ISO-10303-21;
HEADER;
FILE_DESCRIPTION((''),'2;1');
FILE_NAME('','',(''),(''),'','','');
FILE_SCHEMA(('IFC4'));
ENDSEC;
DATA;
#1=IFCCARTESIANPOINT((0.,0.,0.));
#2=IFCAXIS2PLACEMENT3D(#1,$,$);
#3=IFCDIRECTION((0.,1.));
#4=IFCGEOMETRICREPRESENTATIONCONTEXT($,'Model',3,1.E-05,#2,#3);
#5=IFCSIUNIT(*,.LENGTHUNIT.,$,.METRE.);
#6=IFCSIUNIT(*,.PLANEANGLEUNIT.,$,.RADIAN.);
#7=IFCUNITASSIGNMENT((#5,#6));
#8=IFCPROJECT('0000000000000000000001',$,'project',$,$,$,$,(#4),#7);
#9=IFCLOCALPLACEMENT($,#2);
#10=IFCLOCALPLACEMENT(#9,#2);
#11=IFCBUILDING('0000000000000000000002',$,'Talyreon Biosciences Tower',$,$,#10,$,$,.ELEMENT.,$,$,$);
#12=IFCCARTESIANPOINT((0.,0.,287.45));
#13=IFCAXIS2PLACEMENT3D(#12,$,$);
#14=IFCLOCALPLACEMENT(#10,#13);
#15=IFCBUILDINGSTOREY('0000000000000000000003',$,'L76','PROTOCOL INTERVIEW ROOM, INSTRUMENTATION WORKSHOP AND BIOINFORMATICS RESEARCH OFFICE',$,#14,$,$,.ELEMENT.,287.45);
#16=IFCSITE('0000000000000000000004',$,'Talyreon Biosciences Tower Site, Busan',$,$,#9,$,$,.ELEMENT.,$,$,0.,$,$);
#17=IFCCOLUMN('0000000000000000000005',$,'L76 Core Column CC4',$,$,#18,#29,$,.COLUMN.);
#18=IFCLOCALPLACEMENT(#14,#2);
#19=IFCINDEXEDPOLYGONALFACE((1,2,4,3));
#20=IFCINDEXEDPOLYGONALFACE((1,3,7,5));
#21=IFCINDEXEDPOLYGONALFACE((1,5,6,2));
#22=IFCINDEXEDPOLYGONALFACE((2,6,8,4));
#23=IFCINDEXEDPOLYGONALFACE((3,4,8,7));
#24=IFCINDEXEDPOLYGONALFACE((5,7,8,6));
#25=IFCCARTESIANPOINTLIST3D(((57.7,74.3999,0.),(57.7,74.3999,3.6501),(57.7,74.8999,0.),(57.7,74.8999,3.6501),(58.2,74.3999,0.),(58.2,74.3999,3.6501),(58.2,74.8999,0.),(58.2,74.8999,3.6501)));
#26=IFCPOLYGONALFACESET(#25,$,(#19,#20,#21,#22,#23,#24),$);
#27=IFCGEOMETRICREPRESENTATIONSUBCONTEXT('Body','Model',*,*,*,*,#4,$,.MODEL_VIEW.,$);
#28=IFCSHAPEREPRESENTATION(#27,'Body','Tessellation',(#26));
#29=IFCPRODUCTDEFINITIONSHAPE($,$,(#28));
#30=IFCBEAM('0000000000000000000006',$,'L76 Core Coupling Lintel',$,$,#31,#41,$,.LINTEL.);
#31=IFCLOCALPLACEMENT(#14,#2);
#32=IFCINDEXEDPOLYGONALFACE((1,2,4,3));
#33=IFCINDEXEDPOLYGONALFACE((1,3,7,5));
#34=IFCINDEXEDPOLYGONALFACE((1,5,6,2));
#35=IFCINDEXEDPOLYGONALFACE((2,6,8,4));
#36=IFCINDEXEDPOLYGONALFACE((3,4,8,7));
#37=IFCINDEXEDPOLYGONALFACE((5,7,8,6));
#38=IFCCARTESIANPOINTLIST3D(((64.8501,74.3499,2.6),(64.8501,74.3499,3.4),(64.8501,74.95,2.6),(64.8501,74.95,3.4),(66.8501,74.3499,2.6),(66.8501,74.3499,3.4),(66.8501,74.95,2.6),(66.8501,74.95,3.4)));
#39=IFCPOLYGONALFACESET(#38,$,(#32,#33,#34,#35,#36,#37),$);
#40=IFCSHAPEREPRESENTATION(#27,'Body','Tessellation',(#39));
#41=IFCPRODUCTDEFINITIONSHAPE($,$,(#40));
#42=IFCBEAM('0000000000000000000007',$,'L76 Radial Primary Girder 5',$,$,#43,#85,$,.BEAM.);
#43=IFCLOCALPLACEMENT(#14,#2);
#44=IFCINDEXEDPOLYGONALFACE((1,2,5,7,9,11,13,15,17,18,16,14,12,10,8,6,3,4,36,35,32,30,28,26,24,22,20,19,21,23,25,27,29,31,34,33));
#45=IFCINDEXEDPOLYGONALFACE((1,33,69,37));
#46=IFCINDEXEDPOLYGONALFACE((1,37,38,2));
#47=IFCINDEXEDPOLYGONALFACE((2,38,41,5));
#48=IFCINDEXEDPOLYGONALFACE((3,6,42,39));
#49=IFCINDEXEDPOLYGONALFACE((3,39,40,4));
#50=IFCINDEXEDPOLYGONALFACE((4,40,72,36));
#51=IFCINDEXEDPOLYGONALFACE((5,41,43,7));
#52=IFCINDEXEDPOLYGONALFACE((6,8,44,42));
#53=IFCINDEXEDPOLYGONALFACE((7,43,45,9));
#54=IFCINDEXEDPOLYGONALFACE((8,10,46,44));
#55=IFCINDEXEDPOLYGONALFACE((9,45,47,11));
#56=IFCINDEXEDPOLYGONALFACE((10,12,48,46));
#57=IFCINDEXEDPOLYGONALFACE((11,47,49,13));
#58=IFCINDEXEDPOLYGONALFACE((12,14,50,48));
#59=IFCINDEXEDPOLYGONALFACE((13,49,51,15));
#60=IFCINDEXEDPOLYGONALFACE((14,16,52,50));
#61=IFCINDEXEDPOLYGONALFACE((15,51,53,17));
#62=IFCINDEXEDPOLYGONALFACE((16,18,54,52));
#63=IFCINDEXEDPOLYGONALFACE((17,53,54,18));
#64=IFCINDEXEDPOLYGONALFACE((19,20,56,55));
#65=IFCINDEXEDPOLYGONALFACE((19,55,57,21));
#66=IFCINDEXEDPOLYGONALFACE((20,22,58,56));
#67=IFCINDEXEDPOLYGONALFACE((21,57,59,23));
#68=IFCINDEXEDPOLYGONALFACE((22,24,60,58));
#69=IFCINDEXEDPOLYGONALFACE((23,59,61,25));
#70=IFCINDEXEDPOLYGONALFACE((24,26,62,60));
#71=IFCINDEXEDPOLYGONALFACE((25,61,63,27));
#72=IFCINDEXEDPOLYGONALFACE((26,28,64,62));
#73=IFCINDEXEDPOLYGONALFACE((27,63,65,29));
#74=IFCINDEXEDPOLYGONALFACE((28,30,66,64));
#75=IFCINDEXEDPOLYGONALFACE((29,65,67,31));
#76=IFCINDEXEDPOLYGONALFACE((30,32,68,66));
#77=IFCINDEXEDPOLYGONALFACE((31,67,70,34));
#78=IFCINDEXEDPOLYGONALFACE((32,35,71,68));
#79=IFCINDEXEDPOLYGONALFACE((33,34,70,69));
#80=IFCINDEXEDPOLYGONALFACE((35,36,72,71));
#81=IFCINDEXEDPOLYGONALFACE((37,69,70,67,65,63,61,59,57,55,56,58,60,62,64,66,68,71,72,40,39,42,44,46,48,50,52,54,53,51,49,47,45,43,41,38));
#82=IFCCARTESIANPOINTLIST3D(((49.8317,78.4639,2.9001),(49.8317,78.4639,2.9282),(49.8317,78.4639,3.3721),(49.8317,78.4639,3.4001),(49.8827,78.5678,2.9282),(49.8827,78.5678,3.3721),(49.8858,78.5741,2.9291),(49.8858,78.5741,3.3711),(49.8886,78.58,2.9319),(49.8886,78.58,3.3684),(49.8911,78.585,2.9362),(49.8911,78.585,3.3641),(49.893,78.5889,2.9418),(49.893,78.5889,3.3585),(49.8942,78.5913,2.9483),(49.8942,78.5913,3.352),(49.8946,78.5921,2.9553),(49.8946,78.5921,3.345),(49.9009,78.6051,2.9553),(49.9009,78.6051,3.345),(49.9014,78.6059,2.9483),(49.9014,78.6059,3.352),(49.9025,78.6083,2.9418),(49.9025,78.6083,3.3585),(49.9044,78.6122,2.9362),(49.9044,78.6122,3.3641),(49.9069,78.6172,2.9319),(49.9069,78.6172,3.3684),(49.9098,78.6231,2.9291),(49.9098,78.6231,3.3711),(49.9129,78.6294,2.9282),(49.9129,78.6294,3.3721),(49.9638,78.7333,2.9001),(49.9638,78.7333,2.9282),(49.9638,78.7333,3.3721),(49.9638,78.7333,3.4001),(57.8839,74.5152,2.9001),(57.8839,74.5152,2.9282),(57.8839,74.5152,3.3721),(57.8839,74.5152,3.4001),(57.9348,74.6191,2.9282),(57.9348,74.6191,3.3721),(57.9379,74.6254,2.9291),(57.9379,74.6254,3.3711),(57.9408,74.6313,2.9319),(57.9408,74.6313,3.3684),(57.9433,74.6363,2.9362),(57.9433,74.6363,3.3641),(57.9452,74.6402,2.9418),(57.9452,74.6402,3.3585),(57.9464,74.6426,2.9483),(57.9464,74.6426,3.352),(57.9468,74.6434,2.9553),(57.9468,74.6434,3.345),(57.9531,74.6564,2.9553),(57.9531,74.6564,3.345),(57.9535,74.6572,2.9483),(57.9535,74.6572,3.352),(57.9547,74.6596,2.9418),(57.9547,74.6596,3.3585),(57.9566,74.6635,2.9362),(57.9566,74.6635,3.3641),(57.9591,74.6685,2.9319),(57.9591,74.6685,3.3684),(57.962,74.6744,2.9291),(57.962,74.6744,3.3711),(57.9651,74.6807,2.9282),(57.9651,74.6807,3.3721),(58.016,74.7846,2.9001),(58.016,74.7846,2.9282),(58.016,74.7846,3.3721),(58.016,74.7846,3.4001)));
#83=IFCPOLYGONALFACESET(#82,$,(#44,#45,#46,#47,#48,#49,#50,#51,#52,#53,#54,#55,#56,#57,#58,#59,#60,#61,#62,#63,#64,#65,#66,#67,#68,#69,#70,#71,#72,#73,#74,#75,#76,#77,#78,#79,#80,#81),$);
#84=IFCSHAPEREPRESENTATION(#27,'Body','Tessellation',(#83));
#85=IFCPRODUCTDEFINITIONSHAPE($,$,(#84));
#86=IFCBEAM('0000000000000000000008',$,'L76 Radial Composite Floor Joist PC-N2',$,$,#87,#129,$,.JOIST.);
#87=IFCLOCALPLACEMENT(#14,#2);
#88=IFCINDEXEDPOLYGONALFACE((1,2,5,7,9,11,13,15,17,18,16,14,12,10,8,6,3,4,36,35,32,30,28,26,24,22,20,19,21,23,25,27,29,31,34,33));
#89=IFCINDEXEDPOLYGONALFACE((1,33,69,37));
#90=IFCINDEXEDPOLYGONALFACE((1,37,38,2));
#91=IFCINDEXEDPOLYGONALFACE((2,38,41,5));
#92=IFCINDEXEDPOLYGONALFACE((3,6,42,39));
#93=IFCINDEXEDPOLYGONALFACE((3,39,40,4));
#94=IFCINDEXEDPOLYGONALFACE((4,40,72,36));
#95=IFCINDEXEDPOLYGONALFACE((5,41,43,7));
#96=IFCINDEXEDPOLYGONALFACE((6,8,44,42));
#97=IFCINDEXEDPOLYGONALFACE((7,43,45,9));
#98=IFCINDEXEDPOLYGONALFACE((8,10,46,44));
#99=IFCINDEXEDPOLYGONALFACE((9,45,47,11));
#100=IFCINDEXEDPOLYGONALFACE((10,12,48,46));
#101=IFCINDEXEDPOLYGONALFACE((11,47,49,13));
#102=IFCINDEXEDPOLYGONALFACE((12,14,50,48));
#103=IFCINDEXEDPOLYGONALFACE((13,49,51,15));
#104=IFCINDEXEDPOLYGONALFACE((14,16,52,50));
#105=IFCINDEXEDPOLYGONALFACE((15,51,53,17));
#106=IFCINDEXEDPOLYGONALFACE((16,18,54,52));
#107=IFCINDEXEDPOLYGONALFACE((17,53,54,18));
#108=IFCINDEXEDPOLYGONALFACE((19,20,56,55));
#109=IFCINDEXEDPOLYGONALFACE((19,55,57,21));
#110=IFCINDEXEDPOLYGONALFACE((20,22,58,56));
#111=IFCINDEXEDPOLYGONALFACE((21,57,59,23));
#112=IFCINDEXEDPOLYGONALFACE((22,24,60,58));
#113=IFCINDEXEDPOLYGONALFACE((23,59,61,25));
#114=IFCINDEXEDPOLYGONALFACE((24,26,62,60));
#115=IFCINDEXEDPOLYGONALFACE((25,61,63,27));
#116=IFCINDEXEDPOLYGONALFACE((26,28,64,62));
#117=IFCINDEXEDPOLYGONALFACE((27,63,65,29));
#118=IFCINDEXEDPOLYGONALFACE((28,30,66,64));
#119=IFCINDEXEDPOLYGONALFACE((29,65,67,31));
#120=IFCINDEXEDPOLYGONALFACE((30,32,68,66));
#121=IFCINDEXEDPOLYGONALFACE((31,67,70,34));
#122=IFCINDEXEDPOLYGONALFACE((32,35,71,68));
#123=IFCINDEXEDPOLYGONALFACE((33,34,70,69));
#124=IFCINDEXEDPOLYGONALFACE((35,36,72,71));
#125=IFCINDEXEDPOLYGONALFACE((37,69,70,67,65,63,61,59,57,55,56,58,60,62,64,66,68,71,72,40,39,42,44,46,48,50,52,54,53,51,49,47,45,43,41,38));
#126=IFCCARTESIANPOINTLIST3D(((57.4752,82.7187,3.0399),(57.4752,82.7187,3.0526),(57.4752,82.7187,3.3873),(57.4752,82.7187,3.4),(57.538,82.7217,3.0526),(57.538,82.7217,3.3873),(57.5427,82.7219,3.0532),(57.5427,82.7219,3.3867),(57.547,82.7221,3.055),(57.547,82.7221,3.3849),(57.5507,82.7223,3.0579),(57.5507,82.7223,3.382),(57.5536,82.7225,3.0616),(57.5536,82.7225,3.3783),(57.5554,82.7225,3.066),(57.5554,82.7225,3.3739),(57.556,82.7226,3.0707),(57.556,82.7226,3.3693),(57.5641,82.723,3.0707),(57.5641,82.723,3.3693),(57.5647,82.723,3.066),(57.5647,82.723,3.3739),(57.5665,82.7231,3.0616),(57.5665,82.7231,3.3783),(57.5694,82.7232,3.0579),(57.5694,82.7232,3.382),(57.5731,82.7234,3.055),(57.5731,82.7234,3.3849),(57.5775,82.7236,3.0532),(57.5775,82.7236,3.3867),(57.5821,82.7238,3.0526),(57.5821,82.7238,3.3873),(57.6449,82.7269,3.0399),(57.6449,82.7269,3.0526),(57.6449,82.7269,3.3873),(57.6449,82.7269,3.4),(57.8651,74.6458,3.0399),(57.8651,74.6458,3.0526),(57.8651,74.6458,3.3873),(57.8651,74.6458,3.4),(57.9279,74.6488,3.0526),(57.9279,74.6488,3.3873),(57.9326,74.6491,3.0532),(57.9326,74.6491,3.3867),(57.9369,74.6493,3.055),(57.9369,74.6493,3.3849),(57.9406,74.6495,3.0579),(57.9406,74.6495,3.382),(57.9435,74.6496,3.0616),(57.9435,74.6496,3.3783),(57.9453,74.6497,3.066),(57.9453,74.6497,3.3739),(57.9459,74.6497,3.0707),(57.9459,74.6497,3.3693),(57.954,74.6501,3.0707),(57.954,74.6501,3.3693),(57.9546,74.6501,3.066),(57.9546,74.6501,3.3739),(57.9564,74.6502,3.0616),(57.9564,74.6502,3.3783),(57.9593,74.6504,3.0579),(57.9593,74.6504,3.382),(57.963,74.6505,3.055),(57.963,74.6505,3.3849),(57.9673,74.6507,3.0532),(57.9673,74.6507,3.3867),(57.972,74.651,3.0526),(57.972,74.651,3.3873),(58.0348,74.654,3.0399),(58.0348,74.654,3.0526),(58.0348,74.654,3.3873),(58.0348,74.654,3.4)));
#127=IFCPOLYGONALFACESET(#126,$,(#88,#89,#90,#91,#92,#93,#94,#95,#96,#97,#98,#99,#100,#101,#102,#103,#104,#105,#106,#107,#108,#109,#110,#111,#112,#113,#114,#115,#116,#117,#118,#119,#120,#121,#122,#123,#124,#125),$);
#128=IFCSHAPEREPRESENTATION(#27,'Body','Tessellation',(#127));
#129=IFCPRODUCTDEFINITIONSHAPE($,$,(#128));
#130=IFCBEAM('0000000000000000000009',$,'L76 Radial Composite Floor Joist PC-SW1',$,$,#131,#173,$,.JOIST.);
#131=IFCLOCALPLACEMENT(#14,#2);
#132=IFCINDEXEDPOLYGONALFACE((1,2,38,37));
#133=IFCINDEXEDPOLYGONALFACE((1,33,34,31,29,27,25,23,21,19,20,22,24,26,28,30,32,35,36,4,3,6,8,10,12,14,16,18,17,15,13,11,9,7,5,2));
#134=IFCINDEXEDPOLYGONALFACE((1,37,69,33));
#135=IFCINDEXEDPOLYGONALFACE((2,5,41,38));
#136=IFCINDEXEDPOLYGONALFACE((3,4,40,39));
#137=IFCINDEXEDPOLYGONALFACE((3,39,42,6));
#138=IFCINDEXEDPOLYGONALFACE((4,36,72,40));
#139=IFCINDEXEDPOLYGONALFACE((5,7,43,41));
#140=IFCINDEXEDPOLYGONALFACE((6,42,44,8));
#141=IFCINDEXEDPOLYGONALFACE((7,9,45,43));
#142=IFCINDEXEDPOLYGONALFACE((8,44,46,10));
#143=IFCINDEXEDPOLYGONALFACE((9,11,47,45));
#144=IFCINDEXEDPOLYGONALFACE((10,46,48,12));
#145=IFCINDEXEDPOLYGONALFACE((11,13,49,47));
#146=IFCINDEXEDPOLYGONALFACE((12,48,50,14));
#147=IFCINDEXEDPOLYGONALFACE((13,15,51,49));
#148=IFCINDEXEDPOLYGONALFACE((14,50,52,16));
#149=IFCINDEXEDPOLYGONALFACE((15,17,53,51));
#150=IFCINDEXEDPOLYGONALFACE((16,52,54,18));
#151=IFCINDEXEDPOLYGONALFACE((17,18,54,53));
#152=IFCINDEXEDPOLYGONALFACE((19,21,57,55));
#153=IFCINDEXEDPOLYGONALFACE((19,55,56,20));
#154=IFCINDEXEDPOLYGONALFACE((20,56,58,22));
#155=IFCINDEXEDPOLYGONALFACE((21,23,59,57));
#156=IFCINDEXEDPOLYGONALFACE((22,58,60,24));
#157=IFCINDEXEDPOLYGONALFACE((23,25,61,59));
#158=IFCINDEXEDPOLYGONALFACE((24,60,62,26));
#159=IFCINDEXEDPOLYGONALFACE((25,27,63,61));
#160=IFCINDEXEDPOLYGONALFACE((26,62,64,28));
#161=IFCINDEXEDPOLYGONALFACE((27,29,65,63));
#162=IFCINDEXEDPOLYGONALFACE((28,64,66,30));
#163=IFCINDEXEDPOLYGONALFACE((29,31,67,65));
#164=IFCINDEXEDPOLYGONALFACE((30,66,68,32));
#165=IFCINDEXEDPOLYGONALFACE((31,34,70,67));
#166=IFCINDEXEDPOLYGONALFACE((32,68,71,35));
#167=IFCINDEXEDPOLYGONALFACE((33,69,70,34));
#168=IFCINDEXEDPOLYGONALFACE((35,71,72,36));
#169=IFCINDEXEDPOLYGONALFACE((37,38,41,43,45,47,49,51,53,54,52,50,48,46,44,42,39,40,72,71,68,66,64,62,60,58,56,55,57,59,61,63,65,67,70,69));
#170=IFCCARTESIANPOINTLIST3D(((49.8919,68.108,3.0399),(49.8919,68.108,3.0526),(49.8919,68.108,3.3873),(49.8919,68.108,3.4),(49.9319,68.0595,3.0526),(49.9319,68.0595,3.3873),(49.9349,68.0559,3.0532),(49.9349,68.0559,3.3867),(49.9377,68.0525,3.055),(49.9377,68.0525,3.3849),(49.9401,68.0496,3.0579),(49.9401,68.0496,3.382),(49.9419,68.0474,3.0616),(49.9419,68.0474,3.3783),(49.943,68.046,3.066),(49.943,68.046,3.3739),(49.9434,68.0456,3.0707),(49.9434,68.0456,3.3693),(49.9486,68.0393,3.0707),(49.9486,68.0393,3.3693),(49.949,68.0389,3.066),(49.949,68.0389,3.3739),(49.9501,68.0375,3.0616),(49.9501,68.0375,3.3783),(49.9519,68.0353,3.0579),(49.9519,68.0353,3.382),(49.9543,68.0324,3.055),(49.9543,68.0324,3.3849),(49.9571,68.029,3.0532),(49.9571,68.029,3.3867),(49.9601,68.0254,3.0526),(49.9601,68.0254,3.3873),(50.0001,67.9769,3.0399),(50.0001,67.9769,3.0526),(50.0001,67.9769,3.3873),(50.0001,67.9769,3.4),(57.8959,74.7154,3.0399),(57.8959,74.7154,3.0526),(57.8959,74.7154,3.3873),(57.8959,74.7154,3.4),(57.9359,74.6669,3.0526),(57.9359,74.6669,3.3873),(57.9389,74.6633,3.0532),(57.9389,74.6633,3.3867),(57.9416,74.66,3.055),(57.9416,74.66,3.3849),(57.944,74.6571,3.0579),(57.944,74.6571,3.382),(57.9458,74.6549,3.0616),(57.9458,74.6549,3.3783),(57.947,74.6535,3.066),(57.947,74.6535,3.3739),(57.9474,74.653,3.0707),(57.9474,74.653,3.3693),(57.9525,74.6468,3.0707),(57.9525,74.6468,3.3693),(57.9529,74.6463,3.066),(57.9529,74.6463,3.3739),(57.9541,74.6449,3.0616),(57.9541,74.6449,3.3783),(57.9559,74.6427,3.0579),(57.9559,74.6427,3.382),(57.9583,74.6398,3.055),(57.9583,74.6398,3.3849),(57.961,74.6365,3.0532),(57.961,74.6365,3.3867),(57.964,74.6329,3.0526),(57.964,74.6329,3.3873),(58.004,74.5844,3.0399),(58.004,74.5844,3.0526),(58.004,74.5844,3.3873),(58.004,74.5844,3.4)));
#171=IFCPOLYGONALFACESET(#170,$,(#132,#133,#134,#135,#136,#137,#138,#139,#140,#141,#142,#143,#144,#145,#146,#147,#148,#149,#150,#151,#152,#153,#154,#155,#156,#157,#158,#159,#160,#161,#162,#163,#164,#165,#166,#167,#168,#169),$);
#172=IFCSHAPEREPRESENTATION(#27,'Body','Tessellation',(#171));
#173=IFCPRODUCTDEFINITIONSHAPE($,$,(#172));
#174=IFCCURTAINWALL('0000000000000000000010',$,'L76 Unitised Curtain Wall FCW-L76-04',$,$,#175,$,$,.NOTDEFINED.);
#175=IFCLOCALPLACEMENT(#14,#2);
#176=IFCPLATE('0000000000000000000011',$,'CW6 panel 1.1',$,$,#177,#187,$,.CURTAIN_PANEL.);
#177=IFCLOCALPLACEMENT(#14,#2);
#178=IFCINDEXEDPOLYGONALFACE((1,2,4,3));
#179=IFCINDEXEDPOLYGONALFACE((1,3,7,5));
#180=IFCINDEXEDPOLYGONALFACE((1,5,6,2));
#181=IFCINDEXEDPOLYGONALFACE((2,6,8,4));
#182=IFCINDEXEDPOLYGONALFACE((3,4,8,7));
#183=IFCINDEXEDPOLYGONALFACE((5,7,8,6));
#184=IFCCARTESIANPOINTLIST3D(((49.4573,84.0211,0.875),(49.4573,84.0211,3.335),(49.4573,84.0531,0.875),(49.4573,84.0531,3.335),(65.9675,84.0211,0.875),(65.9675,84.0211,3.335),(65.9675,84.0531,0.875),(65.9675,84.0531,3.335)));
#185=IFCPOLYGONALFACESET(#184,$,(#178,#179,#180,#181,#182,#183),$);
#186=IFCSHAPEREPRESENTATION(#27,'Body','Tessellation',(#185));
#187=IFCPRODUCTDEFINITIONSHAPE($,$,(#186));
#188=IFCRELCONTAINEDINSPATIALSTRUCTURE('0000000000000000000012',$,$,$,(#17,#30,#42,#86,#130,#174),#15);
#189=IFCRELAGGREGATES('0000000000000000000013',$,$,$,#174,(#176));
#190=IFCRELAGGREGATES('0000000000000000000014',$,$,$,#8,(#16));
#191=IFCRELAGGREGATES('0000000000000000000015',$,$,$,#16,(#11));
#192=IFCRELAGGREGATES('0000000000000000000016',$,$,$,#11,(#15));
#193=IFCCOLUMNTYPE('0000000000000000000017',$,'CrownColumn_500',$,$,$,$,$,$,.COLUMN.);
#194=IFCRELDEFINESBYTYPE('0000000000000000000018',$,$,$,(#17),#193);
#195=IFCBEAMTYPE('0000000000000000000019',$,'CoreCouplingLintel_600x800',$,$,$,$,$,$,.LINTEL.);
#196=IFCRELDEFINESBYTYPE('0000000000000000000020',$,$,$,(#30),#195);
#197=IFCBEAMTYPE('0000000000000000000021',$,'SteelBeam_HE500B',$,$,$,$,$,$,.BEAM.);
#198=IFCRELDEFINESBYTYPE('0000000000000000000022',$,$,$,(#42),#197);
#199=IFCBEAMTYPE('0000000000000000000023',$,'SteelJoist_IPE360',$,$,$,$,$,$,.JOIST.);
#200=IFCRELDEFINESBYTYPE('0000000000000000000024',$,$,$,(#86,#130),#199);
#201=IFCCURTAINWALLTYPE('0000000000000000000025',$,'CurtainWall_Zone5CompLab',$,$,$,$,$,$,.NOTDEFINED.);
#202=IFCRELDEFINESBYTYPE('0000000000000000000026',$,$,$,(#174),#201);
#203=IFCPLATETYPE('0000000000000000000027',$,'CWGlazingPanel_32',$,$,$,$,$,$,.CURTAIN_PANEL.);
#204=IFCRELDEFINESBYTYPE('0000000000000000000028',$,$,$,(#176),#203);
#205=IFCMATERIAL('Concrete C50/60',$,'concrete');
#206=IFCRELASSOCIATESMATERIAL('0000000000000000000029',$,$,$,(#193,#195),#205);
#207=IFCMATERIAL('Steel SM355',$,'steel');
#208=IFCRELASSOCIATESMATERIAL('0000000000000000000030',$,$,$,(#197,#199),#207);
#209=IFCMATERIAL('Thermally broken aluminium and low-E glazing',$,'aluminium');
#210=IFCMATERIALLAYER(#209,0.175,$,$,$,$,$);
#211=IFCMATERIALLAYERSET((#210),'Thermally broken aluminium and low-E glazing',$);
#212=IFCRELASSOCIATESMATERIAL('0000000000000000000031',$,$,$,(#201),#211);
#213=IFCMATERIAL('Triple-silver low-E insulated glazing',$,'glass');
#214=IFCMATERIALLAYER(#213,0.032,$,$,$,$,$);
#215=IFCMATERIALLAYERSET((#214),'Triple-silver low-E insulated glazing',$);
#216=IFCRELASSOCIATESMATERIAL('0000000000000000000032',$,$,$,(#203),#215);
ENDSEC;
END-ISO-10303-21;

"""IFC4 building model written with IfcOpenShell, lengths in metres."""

from ifc_helpers import new_model, si_unit, direction, frame, origin, origin_2d, place, context, subcontext, project, spatial, rectangle, i_section, extrude, material, layer, layer_set, material_profile, profile_set, type_object, element, aggregate, save


model = new_model("IFC4")

# Units and contexts
model_context = context("Model", 3, precision=1e-05, world=origin(), true_north=direction((0.0, 1.0)))
body_context = subcontext(model_context, "Body", "Model", "MODEL_VIEW")
ifc_project = project(units=[si_unit("LENGTHUNIT", "METRE"), si_unit("PLANEANGLEUNIT", "RADIAN")], contexts=[model_context])

# Site, building, storey
site_placement = place(None, origin())
site = spatial("IfcSite", under=ifc_project, at=site_placement, Name="Talyreon Biosciences Tower Site, Busan", CompositionType="ELEMENT", RefElevation=0.0)
building_placement = place(site_placement, origin())
building = spatial("IfcBuilding", under=site, at=building_placement, Name="Talyreon Biosciences Tower", CompositionType="ELEMENT")
storey_placement = place(building_placement, frame((0.0, 0.0, 287.45)))
storey = spatial("IfcBuildingStorey", under=building, at=storey_placement, Name="L76", Description="PROTOCOL INTERVIEW ROOM, INSTRUMENTATION WORKSHOP AND BIOINFORMATICS RESEARCH OFFICE", CompositionType="ELEMENT", Elevation=287.45)

# Column
ifc_material_1 = material(Name="Concrete C50/60", Category="concrete")
ifc_material_profile_1 = material_profile(ifc_material_1, rectangle(XDim=0.5, YDim=0.5, at=origin_2d()), Name="RC 500x500")
ifc_profile_set_1 = profile_set([ifc_material_profile_1], Name="Concrete C50/60")
column_type = type_object("IfcColumnType", Name="CrownColumn_500", PredefinedType="COLUMN", material=ifc_profile_set_1)
column_placement = place(storey_placement, frame((57.95, 74.6499, 0.0), z_axis=(0.0, 0.0, 1.0), x_axis=(1.0, 0.0, 0.0)))
element("IfcColumn", 1, at=column_placement, inside=storey, type_object=column_type, Name="L76 Core Column CC4", PredefinedType="COLUMN", context=body_context, shape_type="SweptSolid", body=[
    extrude(rectangle(XDim=0.5, YDim=0.5, at=origin_2d()), origin(), (0.0, 0.0, 1.0), 3.6501),
])

# Beams
ifc_material_profile_2 = material_profile(ifc_material_1, rectangle(XDim=0.6001, YDim=0.8, at=origin_2d()), Name="RCB 600x800")
ifc_profile_set_2 = profile_set([ifc_material_profile_2], Name="Concrete C50/60")
beam_type_1 = type_object("IfcBeamType", Name="CoreCouplingLintel_600x800", PredefinedType="LINTEL", material=ifc_profile_set_2)
beam_1_placement = place(storey_placement, frame((64.8501, 74.6499, 3.0), z_axis=(1.0, 0.0, 0.0), x_axis=(0.0, 1.0, 0.0)))
element("IfcBeam", 2, at=beam_1_placement, inside=storey, type_object=beam_type_1, Name="L76 Core Coupling Lintel", PredefinedType="LINTEL", context=body_context, shape_type="SweptSolid", body=[
    extrude(rectangle(XDim=0.6001, YDim=0.8, at=origin_2d()), origin(), (0.0, 0.0, 1.0), 2.0),
])
ifc_material_2 = material(Name="Steel SM355", Category="steel")
ifc_material_profile_3 = material_profile(ifc_material_2, i_section(OverallWidth=0.3, OverallDepth=0.5, WebThickness=0.0144, FlangeThickness=0.0281, FilletRadius=0.0271, at=origin_2d()), Name="HE500B")
ifc_profile_set_3 = profile_set([ifc_material_profile_3], Name="Steel SM355")
beam_type_2 = type_object("IfcBeamType", Name="SteelBeam_HE500B", PredefinedType="BEAM", material=ifc_profile_set_3)
beam_2_placement = place(storey_placement, frame((57.95, 74.6499, 3.1501), z_axis=(-0.897852, 0.440297, 0.0), x_axis=(-0.440297, -0.897852, 0.0)))
element("IfcBeam", 3, at=beam_2_placement, inside=storey, type_object=beam_type_2, Name="L76 Radial Primary Girder 5", PredefinedType="BEAM", context=body_context, shape_type="SweptSolid", body=[
    extrude(i_section(OverallWidth=0.3, OverallDepth=0.5, WebThickness=0.0144, FlangeThickness=0.0281, FilletRadius=0.0271, at=origin_2d()), origin(), (0.0, 0.0, 1.0), 8.9683),
])
ifc_material_profile_4 = material_profile(ifc_material_2, i_section(OverallWidth=0.1699, OverallDepth=0.3601, WebThickness=0.0081, FlangeThickness=0.0127, FilletRadius=0.0181, at=origin_2d()), Name="IPE360")
ifc_profile_set_4 = profile_set([ifc_material_profile_4], Name="Steel SM355")
beam_type_3 = type_object("IfcBeamType", Name="SteelJoist_IPE360", PredefinedType="JOIST", material=ifc_profile_set_4)
beam_3_placement = place(storey_placement, frame((57.95, 74.6499, 3.22), z_axis=(-0.048241, 0.998836, 0.0), x_axis=(-0.998836, -0.048241, 0.0)))
element("IfcBeam", 4, at=beam_3_placement, inside=storey, type_object=beam_type_3, Name="L76 Radial Composite Floor Joist PC-N2", PredefinedType="JOIST", context=body_context, shape_type="SweptSolid", body=[
    extrude(i_section(OverallWidth=0.1699, OverallDepth=0.3601, WebThickness=0.0081, FlangeThickness=0.0127, FilletRadius=0.0181, at=origin_2d()), origin(), (0.0, 0.0, 1.0), 8.0823),
])
beam_4_placement = place(storey_placement, frame((57.95, 74.6499, 3.22), z_axis=(-0.771175, -0.636624, 0.0), x_axis=(0.636624, -0.771175, 0.0)))
element("IfcBeam", 5, at=beam_4_placement, inside=storey, type_object=beam_type_3, Name="L76 Radial Composite Floor Joist PC-SW1", PredefinedType="JOIST", context=body_context, shape_type="SweptSolid", body=[
    extrude(i_section(OverallWidth=0.1699, OverallDepth=0.3601, WebThickness=0.0081, FlangeThickness=0.0127, FilletRadius=0.0181, at=origin_2d()), origin(), (0.0, 0.0, 1.0), 10.3789),
])

# Curtain wall, plate
ifc_material_3 = material(Name="Thermally broken aluminium and low-E glazing", Category="aluminium")
ifc_layer_1 = layer(ifc_material_3, 0.175)
ifc_layer_set_1 = layer_set([ifc_layer_1], Name="Thermally broken aluminium and low-E glazing")
curtain_wall_type = type_object("IfcCurtainWallType", Name="CurtainWall_Zone5CompLab", PredefinedType="NOTDEFINED", material=ifc_layer_set_1)
curtain_wall_placement = place(storey_placement, origin())
curtain_wall = element("IfcCurtainWall", 6, at=curtain_wall_placement, inside=storey, type_object=curtain_wall_type, Name="L76 Unitised Curtain Wall FCW-L76-04", PredefinedType="NOTDEFINED")
ifc_material_4 = material(Name="Triple-silver low-E insulated glazing", Category="glass")
ifc_layer_2 = layer(ifc_material_4, 0.032)
ifc_layer_set_2 = layer_set([ifc_layer_2], Name="Triple-silver low-E insulated glazing")
plate_type = type_object("IfcPlateType", Name="CWGlazingPanel_32", PredefinedType="CURTAIN_PANEL", material=ifc_layer_set_2)
plate_placement = place(storey_placement, frame((57.7124, 84.0371, 0.875), z_axis=(0.0, 0.0, 1.0), x_axis=(1.0, 0.0, 0.0)))
plate = element("IfcPlate", 7, at=plate_placement, type_object=plate_type, Name="CW6 panel 1.1", PredefinedType="CURTAIN_PANEL", context=body_context, shape_type="SweptSolid", body=[
    extrude(rectangle(XDim=16.5103, YDim=0.032, at=origin_2d()), origin(), (0.0, 0.0, 1.0), 2.46),
])
aggregate(curtain_wall, [plate])

save(model, "model.ifc")
